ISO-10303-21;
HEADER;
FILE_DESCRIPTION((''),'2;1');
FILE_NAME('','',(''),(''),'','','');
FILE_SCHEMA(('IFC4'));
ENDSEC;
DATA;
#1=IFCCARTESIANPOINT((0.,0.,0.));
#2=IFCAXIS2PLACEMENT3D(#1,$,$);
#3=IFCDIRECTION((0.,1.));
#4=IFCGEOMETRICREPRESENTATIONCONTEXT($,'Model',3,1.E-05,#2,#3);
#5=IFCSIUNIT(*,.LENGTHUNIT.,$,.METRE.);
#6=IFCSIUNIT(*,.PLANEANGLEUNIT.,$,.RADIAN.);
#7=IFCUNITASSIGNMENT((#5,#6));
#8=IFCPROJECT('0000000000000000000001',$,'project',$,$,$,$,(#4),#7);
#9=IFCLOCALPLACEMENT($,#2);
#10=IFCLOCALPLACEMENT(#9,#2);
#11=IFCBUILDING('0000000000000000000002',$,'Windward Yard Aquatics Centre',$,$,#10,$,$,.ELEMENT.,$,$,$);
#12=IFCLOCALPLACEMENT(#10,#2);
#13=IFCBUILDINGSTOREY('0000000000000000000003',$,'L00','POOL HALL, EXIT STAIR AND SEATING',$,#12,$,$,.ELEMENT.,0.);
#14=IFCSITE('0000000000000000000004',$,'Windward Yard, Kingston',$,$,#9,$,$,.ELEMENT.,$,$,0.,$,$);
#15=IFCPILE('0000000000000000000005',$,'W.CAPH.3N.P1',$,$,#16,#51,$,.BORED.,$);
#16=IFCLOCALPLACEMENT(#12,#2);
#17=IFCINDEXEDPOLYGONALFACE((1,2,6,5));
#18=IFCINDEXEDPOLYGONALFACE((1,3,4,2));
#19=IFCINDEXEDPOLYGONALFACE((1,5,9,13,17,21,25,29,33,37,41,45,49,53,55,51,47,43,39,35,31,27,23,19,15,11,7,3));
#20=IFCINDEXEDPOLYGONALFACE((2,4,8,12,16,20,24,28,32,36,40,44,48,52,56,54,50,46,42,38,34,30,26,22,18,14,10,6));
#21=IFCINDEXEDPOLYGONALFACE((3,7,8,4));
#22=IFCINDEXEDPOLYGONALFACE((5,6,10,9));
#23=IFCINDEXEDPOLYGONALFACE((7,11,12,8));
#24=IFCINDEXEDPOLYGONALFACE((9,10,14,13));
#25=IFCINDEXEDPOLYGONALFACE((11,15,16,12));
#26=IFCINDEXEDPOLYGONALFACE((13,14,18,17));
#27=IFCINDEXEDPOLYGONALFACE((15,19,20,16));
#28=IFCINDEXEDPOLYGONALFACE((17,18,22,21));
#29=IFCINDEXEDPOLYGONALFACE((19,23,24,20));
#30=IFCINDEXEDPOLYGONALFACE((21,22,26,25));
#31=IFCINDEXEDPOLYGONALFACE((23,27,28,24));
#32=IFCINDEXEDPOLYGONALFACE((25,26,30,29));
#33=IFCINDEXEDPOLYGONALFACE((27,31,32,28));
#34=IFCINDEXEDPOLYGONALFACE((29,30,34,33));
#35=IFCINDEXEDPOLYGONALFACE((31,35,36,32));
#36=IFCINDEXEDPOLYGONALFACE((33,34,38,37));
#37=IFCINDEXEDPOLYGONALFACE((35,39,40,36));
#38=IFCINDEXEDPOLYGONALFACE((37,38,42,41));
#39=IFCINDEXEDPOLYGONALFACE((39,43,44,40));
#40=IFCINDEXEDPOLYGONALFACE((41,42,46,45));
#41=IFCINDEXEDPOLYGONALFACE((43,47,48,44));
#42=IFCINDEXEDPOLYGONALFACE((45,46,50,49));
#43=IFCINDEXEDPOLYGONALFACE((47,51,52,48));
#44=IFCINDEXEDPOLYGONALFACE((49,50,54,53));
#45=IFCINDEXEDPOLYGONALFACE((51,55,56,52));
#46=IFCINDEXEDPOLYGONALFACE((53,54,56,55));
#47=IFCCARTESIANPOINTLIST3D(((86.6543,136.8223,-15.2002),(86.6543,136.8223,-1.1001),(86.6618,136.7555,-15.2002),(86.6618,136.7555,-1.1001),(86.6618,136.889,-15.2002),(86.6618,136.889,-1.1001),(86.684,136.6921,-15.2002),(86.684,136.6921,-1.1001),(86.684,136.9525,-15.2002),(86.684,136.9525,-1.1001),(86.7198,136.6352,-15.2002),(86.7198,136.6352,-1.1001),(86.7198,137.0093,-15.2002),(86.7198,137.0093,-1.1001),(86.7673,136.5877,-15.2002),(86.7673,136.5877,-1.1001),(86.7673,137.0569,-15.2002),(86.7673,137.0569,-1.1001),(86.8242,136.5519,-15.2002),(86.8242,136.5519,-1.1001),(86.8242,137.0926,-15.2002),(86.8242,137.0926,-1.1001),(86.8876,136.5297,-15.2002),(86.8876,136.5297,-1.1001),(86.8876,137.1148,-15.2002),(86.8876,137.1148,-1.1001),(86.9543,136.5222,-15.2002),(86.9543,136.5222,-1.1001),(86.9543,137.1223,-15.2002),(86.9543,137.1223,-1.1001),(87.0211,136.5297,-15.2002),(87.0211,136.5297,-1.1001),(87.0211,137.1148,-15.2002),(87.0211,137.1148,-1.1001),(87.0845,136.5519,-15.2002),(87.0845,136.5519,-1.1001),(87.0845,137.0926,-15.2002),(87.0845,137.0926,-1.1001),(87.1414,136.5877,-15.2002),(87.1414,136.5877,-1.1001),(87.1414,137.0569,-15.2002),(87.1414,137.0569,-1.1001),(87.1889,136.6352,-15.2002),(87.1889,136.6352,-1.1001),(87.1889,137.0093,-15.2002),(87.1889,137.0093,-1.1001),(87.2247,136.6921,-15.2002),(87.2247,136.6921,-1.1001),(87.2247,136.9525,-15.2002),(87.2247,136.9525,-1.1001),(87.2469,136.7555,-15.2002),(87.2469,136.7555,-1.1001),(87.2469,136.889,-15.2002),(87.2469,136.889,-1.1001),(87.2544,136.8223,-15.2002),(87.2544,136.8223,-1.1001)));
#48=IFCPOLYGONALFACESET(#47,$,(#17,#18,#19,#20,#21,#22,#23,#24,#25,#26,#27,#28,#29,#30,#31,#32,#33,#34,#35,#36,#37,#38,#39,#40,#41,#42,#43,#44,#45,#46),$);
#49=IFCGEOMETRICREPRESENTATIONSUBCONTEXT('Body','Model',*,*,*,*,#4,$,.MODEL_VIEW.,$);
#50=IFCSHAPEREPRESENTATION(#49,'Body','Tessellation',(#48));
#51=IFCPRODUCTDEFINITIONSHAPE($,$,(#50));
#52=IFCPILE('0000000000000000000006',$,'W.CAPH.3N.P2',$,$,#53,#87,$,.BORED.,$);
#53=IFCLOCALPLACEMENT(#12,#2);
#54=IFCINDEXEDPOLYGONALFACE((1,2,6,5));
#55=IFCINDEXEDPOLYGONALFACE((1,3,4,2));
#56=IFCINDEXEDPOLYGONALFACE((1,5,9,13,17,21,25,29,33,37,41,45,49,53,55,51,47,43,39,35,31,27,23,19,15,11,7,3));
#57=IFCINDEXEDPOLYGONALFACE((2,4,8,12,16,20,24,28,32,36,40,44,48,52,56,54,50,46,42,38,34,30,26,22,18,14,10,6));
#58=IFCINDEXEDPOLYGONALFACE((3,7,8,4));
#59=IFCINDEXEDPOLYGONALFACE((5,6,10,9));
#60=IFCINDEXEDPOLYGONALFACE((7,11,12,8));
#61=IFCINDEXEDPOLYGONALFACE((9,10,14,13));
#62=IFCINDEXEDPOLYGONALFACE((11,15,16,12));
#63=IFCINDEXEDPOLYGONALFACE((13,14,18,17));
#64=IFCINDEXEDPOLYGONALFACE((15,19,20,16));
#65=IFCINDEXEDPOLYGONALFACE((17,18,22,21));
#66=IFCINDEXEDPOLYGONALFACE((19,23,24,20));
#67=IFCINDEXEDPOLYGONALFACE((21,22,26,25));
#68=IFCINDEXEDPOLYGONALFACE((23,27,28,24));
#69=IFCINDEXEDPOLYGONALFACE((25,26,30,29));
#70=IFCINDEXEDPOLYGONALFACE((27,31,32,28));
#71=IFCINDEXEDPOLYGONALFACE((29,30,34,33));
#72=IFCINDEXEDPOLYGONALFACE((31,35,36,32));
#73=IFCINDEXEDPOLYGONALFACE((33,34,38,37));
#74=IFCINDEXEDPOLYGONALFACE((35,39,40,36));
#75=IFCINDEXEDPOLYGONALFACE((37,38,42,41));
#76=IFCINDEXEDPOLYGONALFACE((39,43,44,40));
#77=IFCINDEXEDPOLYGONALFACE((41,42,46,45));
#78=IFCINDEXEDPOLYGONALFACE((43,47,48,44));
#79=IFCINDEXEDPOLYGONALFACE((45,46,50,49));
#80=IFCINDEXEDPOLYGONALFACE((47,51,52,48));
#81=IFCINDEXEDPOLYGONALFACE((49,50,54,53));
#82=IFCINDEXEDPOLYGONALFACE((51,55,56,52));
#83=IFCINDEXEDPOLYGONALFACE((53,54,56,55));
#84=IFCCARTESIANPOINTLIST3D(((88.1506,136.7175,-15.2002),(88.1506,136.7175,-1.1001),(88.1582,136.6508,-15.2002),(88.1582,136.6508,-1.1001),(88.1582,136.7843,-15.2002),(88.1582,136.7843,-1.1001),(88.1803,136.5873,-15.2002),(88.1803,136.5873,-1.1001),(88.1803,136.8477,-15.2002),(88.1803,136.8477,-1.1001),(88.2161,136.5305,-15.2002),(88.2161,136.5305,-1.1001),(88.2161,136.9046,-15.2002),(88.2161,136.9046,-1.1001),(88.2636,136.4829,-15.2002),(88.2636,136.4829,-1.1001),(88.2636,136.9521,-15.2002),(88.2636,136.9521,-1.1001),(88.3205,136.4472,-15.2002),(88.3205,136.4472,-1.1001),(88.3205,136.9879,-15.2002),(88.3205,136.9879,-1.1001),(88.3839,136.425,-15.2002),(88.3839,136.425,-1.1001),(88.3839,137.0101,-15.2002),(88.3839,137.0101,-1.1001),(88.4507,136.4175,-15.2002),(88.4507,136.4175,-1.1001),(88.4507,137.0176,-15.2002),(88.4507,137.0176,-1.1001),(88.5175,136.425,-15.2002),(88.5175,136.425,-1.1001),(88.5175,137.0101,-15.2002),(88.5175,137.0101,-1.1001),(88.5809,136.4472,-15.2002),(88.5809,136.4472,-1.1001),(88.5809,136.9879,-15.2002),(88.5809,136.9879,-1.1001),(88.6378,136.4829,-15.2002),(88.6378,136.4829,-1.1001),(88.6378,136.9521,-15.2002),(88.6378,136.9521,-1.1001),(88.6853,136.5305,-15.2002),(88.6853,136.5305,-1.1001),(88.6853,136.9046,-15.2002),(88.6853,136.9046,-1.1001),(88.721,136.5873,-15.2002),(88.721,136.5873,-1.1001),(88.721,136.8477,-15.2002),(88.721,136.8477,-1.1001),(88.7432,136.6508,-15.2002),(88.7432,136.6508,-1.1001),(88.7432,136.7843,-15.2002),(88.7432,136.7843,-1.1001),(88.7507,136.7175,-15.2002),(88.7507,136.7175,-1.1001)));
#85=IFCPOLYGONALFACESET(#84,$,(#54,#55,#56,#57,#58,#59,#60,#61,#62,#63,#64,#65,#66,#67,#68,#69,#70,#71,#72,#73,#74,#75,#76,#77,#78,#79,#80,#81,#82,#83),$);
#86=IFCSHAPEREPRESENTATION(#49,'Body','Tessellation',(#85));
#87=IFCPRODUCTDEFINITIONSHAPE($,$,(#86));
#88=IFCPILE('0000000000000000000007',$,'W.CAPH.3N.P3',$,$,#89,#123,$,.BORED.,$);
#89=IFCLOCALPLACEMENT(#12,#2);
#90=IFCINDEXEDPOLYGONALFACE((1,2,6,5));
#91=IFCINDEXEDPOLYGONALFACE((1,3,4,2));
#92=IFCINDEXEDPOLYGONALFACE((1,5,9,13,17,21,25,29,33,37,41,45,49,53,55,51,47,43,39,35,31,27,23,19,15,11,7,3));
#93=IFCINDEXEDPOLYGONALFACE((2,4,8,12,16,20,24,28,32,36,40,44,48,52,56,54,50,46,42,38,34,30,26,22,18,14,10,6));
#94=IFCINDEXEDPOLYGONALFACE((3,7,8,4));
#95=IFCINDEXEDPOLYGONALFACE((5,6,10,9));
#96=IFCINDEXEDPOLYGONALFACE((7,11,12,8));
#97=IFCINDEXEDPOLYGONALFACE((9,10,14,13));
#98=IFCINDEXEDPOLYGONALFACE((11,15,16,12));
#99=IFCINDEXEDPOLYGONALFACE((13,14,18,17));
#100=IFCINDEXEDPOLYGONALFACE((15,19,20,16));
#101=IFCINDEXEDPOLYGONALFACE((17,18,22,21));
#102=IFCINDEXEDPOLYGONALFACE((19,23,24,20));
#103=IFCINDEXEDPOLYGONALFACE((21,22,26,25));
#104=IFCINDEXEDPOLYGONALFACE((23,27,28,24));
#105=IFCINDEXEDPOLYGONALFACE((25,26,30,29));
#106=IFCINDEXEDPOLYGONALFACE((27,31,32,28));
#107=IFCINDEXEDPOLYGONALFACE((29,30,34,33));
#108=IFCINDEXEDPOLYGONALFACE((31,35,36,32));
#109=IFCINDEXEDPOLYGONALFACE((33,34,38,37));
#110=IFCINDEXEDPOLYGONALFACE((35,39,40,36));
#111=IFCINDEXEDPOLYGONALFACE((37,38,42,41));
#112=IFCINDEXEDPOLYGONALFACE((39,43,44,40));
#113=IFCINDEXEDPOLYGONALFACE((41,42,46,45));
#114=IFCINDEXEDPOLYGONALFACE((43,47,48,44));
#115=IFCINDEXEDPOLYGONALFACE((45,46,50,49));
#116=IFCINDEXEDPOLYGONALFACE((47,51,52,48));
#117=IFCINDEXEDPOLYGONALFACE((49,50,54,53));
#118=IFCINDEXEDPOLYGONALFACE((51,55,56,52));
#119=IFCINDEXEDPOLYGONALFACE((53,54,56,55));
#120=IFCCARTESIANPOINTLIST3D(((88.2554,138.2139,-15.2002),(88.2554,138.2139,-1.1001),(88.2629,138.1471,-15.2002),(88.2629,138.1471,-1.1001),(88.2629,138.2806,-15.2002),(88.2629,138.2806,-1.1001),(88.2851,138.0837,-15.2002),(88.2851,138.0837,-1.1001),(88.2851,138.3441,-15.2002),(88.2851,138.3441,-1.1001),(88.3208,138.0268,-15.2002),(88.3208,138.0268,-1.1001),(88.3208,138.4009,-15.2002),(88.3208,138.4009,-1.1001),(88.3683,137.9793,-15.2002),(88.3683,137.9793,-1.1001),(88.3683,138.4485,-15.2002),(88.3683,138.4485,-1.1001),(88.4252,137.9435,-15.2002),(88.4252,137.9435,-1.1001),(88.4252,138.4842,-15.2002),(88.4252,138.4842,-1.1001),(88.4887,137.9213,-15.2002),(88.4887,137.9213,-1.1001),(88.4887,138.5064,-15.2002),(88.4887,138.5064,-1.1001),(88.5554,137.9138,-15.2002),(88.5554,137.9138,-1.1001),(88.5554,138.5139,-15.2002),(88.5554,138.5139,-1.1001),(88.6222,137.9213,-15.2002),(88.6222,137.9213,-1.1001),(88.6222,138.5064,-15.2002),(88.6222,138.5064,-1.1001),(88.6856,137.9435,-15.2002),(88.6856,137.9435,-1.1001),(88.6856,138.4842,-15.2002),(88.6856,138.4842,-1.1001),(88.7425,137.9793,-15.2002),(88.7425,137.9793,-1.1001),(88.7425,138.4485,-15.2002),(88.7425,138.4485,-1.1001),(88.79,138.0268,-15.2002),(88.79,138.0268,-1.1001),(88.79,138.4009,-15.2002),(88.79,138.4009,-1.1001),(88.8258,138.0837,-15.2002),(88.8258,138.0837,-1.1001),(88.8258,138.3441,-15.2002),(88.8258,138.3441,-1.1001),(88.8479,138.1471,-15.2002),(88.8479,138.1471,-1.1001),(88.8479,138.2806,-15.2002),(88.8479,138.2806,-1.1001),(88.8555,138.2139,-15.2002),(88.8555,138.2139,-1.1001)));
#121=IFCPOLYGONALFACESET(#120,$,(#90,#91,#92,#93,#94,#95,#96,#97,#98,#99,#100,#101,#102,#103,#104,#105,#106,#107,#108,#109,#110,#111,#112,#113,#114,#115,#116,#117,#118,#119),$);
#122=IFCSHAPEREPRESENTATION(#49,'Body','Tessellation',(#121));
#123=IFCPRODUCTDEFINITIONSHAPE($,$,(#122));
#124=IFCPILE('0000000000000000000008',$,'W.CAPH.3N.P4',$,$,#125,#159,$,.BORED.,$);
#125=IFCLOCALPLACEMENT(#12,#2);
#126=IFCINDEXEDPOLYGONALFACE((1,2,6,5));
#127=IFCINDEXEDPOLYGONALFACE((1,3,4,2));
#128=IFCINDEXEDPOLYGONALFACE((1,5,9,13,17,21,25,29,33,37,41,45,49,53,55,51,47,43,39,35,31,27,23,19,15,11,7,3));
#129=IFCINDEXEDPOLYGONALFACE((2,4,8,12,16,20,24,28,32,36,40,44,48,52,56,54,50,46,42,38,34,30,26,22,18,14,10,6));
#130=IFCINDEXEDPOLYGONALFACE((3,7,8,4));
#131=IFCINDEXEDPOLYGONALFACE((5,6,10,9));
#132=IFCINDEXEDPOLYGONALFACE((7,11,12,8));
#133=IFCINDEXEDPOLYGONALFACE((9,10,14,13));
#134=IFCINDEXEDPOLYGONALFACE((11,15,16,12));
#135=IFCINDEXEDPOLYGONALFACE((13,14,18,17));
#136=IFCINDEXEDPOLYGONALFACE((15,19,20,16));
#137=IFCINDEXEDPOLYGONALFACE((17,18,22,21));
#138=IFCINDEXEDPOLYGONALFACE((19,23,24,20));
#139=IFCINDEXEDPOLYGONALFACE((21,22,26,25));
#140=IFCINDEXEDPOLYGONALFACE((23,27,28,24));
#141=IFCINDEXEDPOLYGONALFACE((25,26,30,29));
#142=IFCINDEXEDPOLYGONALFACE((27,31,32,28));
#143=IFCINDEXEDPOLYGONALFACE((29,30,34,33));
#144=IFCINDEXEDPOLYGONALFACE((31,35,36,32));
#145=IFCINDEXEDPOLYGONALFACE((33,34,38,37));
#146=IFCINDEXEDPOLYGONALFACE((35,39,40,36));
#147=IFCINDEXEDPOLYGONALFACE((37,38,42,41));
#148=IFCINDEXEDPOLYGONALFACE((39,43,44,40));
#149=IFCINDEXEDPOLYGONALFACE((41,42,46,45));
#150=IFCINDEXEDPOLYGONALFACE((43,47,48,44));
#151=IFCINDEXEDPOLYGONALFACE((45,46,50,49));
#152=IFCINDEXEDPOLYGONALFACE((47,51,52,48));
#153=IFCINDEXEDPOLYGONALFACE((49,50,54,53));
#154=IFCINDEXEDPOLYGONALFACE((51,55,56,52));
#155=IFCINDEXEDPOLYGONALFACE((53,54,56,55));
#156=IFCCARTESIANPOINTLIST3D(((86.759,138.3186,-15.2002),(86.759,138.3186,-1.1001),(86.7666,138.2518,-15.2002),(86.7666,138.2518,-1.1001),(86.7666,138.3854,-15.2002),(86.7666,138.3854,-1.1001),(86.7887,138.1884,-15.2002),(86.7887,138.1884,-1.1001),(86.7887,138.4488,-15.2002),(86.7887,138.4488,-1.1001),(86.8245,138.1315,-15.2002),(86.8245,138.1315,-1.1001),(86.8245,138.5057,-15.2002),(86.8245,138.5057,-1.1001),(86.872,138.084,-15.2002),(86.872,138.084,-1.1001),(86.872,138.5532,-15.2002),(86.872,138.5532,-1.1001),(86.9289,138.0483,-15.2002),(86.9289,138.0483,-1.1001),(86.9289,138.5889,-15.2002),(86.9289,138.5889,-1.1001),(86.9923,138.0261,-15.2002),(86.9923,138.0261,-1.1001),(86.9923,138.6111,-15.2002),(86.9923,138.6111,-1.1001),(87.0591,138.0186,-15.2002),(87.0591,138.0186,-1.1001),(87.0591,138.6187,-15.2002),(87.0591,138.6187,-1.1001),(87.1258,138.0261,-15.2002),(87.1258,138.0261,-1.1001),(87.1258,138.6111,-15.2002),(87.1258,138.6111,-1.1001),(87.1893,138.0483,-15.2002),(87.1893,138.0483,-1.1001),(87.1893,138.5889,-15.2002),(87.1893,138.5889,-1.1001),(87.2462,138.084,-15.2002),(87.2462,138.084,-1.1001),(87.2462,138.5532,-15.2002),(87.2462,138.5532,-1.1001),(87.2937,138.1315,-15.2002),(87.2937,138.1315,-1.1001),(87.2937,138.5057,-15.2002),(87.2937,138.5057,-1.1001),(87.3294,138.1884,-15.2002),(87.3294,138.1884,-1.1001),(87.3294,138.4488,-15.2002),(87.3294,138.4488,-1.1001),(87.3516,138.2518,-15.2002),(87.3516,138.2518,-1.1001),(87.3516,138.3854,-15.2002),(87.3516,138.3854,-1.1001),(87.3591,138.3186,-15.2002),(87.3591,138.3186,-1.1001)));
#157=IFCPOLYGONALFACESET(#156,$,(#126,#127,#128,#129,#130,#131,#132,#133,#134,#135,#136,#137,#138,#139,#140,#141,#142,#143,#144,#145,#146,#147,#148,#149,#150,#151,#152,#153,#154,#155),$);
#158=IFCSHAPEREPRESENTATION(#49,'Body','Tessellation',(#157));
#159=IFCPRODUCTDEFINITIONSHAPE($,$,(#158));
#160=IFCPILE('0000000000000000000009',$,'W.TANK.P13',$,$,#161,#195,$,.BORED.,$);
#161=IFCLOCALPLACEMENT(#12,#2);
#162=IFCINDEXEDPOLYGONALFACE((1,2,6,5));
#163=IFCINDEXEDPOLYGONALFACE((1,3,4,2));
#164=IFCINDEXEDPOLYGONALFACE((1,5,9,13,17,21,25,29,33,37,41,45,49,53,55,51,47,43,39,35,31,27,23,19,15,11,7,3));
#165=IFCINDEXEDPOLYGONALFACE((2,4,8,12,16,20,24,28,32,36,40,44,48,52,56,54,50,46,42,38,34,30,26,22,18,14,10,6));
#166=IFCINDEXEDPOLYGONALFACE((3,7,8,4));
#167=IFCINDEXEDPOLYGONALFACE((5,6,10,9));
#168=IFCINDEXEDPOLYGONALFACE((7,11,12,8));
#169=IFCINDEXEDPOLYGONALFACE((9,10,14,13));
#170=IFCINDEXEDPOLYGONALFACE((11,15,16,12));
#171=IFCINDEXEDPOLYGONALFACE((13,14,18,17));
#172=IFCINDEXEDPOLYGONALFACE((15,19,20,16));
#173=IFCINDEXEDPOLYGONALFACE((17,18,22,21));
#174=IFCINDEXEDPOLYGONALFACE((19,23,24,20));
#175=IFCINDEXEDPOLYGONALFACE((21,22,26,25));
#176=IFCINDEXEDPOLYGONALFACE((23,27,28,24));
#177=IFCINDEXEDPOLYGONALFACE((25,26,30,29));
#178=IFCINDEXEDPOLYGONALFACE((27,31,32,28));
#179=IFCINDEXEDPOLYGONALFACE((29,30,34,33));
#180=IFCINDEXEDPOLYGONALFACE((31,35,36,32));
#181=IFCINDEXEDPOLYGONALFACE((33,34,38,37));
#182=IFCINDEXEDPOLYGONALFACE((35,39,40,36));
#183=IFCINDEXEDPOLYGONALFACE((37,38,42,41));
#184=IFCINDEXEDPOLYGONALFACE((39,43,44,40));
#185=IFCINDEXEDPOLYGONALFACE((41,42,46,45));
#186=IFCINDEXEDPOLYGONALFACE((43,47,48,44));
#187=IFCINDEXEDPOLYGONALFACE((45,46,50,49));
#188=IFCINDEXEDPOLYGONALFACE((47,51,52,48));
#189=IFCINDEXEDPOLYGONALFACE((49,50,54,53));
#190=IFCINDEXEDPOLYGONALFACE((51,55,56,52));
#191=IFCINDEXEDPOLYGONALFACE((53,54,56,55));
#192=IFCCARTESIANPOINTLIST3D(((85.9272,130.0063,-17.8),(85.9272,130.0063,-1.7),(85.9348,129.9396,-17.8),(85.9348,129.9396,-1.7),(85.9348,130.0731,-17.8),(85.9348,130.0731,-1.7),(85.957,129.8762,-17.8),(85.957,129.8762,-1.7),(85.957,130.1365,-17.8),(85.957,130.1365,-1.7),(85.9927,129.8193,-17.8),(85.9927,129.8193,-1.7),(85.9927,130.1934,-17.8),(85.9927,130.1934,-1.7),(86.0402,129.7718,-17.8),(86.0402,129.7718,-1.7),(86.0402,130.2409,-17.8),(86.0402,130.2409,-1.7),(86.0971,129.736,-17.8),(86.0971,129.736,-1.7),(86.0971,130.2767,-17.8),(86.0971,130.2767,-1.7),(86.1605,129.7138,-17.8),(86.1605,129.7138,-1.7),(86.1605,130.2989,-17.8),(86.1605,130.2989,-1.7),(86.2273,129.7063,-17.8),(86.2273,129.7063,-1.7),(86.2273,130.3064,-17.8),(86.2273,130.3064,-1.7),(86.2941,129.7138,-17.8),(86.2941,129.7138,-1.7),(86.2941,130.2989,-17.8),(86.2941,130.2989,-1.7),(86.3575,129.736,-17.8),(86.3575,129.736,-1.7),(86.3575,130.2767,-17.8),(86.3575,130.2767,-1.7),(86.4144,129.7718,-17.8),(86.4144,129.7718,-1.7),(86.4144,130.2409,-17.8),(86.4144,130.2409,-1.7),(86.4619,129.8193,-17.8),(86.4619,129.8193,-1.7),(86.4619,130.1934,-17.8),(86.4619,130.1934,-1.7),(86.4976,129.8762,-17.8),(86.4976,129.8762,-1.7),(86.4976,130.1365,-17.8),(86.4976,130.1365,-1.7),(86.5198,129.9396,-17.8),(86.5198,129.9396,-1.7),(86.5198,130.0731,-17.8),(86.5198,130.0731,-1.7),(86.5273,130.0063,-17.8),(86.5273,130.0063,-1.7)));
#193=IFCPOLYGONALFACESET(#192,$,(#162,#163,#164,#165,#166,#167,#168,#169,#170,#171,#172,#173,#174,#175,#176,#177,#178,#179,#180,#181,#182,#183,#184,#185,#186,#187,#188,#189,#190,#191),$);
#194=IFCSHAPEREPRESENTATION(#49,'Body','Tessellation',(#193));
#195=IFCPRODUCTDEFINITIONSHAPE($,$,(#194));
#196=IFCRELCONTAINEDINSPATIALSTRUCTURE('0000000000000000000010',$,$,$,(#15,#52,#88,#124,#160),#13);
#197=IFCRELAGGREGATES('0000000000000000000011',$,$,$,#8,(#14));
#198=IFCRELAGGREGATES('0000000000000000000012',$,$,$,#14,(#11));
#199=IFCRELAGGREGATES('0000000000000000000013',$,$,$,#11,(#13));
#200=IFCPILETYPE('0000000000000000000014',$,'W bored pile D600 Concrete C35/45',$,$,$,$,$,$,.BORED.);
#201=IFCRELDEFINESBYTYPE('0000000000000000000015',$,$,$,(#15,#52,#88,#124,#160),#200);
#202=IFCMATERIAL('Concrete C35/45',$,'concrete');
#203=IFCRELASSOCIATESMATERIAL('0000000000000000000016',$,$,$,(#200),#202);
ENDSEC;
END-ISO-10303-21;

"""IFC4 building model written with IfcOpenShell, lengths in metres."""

from ifc_helpers import new_model, si_unit, direction, frame, origin, origin_2d, place, context, subcontext, project, spatial, circle, extrude, material, material_profile, profile_set, type_object, element, save


model = new_model("IFC4")

# Units and contexts
model_context = context("Model", 3, precision=1e-05, world=origin(), true_north=direction((0.0, 1.0)))
body_context = subcontext(model_context, "Body", "Model", "MODEL_VIEW")
ifc_project = project(units=[si_unit("LENGTHUNIT", "METRE"), si_unit("PLANEANGLEUNIT", "RADIAN")], contexts=[model_context])

# Site, building, storey
site_placement = place(None, origin())
site = spatial("IfcSite", under=ifc_project, at=site_placement, Name="Windward Yard, Kingston", CompositionType="ELEMENT", RefElevation=0.0)
building_placement = place(site_placement, origin())
building = spatial("IfcBuilding", under=site, at=building_placement, Name="Windward Yard Aquatics Centre", CompositionType="ELEMENT")
storey_placement = place(building_placement, origin())
storey = spatial("IfcBuildingStorey", under=building, at=storey_placement, Name="L00", Description="POOL HALL, EXIT STAIR AND SEATING", CompositionType="ELEMENT", Elevation=0.0)

# Piles
ifc_material_1 = material(Name="Concrete C35/45", Category="concrete")
ifc_material_profile_1 = material_profile(ifc_material_1, circle(Radius=0.3, at=origin_2d()), Name="D600")
ifc_profile_set_1 = profile_set([ifc_material_profile_1], Name="Concrete C35/45")
pile_type = type_object("IfcPileType", Name="W bored pile D600 Concrete C35/45", PredefinedType="BORED", material=ifc_profile_set_1)
for number, where, z_axis, x_axis, name in (
    (1, (86.9543, 136.8223, -1.1001), (0.0, 0.0, -1.0), (1.0, 0.0, 0.0), "W.CAPH.3N.P1"),
    (2, (88.4507, 136.7175, -1.1001), (0.0, 0.0, -1.0), (1.0, 0.0, 0.0), "W.CAPH.3N.P2"),
    (3, (88.5554, 138.2139, -1.1001), (0.0, 0.0, -1.0), (1.0, 0.0, 0.0), "W.CAPH.3N.P3"),
    (4, (87.0591, 138.3186, -1.1001), (0.0, 0.0, -1.0), (1.0, 0.0, 0.0), "W.CAPH.3N.P4"),
):
    element("IfcPile", number, at=place(storey_placement, frame(where, z_axis=z_axis, x_axis=x_axis)), inside=storey, type_object=pile_type, Name=name, PredefinedType="BORED", context=body_context, shape_type="SweptSolid", body=[
        extrude(circle(Radius=0.3, at=origin_2d()), origin(), (0.0, 0.0, 1.0), 14.1001),
    ])
for number, where, z_axis, x_axis, name in (
    (5, (86.2273, 130.0063, -1.7), (0.0, 0.0, -1.0), (1.0, 0.0, 0.0), "W.TANK.P13"),
):
    element("IfcPile", number, at=place(storey_placement, frame(where, z_axis=z_axis, x_axis=x_axis)), inside=storey, type_object=pile_type, Name=name, PredefinedType="BORED", context=body_context, shape_type="SweptSolid", body=[
        extrude(circle(Radius=0.3, at=origin_2d()), origin(), (0.0, 0.0, 1.0), 16.1001),
    ])

save(model, "model.ifc")
